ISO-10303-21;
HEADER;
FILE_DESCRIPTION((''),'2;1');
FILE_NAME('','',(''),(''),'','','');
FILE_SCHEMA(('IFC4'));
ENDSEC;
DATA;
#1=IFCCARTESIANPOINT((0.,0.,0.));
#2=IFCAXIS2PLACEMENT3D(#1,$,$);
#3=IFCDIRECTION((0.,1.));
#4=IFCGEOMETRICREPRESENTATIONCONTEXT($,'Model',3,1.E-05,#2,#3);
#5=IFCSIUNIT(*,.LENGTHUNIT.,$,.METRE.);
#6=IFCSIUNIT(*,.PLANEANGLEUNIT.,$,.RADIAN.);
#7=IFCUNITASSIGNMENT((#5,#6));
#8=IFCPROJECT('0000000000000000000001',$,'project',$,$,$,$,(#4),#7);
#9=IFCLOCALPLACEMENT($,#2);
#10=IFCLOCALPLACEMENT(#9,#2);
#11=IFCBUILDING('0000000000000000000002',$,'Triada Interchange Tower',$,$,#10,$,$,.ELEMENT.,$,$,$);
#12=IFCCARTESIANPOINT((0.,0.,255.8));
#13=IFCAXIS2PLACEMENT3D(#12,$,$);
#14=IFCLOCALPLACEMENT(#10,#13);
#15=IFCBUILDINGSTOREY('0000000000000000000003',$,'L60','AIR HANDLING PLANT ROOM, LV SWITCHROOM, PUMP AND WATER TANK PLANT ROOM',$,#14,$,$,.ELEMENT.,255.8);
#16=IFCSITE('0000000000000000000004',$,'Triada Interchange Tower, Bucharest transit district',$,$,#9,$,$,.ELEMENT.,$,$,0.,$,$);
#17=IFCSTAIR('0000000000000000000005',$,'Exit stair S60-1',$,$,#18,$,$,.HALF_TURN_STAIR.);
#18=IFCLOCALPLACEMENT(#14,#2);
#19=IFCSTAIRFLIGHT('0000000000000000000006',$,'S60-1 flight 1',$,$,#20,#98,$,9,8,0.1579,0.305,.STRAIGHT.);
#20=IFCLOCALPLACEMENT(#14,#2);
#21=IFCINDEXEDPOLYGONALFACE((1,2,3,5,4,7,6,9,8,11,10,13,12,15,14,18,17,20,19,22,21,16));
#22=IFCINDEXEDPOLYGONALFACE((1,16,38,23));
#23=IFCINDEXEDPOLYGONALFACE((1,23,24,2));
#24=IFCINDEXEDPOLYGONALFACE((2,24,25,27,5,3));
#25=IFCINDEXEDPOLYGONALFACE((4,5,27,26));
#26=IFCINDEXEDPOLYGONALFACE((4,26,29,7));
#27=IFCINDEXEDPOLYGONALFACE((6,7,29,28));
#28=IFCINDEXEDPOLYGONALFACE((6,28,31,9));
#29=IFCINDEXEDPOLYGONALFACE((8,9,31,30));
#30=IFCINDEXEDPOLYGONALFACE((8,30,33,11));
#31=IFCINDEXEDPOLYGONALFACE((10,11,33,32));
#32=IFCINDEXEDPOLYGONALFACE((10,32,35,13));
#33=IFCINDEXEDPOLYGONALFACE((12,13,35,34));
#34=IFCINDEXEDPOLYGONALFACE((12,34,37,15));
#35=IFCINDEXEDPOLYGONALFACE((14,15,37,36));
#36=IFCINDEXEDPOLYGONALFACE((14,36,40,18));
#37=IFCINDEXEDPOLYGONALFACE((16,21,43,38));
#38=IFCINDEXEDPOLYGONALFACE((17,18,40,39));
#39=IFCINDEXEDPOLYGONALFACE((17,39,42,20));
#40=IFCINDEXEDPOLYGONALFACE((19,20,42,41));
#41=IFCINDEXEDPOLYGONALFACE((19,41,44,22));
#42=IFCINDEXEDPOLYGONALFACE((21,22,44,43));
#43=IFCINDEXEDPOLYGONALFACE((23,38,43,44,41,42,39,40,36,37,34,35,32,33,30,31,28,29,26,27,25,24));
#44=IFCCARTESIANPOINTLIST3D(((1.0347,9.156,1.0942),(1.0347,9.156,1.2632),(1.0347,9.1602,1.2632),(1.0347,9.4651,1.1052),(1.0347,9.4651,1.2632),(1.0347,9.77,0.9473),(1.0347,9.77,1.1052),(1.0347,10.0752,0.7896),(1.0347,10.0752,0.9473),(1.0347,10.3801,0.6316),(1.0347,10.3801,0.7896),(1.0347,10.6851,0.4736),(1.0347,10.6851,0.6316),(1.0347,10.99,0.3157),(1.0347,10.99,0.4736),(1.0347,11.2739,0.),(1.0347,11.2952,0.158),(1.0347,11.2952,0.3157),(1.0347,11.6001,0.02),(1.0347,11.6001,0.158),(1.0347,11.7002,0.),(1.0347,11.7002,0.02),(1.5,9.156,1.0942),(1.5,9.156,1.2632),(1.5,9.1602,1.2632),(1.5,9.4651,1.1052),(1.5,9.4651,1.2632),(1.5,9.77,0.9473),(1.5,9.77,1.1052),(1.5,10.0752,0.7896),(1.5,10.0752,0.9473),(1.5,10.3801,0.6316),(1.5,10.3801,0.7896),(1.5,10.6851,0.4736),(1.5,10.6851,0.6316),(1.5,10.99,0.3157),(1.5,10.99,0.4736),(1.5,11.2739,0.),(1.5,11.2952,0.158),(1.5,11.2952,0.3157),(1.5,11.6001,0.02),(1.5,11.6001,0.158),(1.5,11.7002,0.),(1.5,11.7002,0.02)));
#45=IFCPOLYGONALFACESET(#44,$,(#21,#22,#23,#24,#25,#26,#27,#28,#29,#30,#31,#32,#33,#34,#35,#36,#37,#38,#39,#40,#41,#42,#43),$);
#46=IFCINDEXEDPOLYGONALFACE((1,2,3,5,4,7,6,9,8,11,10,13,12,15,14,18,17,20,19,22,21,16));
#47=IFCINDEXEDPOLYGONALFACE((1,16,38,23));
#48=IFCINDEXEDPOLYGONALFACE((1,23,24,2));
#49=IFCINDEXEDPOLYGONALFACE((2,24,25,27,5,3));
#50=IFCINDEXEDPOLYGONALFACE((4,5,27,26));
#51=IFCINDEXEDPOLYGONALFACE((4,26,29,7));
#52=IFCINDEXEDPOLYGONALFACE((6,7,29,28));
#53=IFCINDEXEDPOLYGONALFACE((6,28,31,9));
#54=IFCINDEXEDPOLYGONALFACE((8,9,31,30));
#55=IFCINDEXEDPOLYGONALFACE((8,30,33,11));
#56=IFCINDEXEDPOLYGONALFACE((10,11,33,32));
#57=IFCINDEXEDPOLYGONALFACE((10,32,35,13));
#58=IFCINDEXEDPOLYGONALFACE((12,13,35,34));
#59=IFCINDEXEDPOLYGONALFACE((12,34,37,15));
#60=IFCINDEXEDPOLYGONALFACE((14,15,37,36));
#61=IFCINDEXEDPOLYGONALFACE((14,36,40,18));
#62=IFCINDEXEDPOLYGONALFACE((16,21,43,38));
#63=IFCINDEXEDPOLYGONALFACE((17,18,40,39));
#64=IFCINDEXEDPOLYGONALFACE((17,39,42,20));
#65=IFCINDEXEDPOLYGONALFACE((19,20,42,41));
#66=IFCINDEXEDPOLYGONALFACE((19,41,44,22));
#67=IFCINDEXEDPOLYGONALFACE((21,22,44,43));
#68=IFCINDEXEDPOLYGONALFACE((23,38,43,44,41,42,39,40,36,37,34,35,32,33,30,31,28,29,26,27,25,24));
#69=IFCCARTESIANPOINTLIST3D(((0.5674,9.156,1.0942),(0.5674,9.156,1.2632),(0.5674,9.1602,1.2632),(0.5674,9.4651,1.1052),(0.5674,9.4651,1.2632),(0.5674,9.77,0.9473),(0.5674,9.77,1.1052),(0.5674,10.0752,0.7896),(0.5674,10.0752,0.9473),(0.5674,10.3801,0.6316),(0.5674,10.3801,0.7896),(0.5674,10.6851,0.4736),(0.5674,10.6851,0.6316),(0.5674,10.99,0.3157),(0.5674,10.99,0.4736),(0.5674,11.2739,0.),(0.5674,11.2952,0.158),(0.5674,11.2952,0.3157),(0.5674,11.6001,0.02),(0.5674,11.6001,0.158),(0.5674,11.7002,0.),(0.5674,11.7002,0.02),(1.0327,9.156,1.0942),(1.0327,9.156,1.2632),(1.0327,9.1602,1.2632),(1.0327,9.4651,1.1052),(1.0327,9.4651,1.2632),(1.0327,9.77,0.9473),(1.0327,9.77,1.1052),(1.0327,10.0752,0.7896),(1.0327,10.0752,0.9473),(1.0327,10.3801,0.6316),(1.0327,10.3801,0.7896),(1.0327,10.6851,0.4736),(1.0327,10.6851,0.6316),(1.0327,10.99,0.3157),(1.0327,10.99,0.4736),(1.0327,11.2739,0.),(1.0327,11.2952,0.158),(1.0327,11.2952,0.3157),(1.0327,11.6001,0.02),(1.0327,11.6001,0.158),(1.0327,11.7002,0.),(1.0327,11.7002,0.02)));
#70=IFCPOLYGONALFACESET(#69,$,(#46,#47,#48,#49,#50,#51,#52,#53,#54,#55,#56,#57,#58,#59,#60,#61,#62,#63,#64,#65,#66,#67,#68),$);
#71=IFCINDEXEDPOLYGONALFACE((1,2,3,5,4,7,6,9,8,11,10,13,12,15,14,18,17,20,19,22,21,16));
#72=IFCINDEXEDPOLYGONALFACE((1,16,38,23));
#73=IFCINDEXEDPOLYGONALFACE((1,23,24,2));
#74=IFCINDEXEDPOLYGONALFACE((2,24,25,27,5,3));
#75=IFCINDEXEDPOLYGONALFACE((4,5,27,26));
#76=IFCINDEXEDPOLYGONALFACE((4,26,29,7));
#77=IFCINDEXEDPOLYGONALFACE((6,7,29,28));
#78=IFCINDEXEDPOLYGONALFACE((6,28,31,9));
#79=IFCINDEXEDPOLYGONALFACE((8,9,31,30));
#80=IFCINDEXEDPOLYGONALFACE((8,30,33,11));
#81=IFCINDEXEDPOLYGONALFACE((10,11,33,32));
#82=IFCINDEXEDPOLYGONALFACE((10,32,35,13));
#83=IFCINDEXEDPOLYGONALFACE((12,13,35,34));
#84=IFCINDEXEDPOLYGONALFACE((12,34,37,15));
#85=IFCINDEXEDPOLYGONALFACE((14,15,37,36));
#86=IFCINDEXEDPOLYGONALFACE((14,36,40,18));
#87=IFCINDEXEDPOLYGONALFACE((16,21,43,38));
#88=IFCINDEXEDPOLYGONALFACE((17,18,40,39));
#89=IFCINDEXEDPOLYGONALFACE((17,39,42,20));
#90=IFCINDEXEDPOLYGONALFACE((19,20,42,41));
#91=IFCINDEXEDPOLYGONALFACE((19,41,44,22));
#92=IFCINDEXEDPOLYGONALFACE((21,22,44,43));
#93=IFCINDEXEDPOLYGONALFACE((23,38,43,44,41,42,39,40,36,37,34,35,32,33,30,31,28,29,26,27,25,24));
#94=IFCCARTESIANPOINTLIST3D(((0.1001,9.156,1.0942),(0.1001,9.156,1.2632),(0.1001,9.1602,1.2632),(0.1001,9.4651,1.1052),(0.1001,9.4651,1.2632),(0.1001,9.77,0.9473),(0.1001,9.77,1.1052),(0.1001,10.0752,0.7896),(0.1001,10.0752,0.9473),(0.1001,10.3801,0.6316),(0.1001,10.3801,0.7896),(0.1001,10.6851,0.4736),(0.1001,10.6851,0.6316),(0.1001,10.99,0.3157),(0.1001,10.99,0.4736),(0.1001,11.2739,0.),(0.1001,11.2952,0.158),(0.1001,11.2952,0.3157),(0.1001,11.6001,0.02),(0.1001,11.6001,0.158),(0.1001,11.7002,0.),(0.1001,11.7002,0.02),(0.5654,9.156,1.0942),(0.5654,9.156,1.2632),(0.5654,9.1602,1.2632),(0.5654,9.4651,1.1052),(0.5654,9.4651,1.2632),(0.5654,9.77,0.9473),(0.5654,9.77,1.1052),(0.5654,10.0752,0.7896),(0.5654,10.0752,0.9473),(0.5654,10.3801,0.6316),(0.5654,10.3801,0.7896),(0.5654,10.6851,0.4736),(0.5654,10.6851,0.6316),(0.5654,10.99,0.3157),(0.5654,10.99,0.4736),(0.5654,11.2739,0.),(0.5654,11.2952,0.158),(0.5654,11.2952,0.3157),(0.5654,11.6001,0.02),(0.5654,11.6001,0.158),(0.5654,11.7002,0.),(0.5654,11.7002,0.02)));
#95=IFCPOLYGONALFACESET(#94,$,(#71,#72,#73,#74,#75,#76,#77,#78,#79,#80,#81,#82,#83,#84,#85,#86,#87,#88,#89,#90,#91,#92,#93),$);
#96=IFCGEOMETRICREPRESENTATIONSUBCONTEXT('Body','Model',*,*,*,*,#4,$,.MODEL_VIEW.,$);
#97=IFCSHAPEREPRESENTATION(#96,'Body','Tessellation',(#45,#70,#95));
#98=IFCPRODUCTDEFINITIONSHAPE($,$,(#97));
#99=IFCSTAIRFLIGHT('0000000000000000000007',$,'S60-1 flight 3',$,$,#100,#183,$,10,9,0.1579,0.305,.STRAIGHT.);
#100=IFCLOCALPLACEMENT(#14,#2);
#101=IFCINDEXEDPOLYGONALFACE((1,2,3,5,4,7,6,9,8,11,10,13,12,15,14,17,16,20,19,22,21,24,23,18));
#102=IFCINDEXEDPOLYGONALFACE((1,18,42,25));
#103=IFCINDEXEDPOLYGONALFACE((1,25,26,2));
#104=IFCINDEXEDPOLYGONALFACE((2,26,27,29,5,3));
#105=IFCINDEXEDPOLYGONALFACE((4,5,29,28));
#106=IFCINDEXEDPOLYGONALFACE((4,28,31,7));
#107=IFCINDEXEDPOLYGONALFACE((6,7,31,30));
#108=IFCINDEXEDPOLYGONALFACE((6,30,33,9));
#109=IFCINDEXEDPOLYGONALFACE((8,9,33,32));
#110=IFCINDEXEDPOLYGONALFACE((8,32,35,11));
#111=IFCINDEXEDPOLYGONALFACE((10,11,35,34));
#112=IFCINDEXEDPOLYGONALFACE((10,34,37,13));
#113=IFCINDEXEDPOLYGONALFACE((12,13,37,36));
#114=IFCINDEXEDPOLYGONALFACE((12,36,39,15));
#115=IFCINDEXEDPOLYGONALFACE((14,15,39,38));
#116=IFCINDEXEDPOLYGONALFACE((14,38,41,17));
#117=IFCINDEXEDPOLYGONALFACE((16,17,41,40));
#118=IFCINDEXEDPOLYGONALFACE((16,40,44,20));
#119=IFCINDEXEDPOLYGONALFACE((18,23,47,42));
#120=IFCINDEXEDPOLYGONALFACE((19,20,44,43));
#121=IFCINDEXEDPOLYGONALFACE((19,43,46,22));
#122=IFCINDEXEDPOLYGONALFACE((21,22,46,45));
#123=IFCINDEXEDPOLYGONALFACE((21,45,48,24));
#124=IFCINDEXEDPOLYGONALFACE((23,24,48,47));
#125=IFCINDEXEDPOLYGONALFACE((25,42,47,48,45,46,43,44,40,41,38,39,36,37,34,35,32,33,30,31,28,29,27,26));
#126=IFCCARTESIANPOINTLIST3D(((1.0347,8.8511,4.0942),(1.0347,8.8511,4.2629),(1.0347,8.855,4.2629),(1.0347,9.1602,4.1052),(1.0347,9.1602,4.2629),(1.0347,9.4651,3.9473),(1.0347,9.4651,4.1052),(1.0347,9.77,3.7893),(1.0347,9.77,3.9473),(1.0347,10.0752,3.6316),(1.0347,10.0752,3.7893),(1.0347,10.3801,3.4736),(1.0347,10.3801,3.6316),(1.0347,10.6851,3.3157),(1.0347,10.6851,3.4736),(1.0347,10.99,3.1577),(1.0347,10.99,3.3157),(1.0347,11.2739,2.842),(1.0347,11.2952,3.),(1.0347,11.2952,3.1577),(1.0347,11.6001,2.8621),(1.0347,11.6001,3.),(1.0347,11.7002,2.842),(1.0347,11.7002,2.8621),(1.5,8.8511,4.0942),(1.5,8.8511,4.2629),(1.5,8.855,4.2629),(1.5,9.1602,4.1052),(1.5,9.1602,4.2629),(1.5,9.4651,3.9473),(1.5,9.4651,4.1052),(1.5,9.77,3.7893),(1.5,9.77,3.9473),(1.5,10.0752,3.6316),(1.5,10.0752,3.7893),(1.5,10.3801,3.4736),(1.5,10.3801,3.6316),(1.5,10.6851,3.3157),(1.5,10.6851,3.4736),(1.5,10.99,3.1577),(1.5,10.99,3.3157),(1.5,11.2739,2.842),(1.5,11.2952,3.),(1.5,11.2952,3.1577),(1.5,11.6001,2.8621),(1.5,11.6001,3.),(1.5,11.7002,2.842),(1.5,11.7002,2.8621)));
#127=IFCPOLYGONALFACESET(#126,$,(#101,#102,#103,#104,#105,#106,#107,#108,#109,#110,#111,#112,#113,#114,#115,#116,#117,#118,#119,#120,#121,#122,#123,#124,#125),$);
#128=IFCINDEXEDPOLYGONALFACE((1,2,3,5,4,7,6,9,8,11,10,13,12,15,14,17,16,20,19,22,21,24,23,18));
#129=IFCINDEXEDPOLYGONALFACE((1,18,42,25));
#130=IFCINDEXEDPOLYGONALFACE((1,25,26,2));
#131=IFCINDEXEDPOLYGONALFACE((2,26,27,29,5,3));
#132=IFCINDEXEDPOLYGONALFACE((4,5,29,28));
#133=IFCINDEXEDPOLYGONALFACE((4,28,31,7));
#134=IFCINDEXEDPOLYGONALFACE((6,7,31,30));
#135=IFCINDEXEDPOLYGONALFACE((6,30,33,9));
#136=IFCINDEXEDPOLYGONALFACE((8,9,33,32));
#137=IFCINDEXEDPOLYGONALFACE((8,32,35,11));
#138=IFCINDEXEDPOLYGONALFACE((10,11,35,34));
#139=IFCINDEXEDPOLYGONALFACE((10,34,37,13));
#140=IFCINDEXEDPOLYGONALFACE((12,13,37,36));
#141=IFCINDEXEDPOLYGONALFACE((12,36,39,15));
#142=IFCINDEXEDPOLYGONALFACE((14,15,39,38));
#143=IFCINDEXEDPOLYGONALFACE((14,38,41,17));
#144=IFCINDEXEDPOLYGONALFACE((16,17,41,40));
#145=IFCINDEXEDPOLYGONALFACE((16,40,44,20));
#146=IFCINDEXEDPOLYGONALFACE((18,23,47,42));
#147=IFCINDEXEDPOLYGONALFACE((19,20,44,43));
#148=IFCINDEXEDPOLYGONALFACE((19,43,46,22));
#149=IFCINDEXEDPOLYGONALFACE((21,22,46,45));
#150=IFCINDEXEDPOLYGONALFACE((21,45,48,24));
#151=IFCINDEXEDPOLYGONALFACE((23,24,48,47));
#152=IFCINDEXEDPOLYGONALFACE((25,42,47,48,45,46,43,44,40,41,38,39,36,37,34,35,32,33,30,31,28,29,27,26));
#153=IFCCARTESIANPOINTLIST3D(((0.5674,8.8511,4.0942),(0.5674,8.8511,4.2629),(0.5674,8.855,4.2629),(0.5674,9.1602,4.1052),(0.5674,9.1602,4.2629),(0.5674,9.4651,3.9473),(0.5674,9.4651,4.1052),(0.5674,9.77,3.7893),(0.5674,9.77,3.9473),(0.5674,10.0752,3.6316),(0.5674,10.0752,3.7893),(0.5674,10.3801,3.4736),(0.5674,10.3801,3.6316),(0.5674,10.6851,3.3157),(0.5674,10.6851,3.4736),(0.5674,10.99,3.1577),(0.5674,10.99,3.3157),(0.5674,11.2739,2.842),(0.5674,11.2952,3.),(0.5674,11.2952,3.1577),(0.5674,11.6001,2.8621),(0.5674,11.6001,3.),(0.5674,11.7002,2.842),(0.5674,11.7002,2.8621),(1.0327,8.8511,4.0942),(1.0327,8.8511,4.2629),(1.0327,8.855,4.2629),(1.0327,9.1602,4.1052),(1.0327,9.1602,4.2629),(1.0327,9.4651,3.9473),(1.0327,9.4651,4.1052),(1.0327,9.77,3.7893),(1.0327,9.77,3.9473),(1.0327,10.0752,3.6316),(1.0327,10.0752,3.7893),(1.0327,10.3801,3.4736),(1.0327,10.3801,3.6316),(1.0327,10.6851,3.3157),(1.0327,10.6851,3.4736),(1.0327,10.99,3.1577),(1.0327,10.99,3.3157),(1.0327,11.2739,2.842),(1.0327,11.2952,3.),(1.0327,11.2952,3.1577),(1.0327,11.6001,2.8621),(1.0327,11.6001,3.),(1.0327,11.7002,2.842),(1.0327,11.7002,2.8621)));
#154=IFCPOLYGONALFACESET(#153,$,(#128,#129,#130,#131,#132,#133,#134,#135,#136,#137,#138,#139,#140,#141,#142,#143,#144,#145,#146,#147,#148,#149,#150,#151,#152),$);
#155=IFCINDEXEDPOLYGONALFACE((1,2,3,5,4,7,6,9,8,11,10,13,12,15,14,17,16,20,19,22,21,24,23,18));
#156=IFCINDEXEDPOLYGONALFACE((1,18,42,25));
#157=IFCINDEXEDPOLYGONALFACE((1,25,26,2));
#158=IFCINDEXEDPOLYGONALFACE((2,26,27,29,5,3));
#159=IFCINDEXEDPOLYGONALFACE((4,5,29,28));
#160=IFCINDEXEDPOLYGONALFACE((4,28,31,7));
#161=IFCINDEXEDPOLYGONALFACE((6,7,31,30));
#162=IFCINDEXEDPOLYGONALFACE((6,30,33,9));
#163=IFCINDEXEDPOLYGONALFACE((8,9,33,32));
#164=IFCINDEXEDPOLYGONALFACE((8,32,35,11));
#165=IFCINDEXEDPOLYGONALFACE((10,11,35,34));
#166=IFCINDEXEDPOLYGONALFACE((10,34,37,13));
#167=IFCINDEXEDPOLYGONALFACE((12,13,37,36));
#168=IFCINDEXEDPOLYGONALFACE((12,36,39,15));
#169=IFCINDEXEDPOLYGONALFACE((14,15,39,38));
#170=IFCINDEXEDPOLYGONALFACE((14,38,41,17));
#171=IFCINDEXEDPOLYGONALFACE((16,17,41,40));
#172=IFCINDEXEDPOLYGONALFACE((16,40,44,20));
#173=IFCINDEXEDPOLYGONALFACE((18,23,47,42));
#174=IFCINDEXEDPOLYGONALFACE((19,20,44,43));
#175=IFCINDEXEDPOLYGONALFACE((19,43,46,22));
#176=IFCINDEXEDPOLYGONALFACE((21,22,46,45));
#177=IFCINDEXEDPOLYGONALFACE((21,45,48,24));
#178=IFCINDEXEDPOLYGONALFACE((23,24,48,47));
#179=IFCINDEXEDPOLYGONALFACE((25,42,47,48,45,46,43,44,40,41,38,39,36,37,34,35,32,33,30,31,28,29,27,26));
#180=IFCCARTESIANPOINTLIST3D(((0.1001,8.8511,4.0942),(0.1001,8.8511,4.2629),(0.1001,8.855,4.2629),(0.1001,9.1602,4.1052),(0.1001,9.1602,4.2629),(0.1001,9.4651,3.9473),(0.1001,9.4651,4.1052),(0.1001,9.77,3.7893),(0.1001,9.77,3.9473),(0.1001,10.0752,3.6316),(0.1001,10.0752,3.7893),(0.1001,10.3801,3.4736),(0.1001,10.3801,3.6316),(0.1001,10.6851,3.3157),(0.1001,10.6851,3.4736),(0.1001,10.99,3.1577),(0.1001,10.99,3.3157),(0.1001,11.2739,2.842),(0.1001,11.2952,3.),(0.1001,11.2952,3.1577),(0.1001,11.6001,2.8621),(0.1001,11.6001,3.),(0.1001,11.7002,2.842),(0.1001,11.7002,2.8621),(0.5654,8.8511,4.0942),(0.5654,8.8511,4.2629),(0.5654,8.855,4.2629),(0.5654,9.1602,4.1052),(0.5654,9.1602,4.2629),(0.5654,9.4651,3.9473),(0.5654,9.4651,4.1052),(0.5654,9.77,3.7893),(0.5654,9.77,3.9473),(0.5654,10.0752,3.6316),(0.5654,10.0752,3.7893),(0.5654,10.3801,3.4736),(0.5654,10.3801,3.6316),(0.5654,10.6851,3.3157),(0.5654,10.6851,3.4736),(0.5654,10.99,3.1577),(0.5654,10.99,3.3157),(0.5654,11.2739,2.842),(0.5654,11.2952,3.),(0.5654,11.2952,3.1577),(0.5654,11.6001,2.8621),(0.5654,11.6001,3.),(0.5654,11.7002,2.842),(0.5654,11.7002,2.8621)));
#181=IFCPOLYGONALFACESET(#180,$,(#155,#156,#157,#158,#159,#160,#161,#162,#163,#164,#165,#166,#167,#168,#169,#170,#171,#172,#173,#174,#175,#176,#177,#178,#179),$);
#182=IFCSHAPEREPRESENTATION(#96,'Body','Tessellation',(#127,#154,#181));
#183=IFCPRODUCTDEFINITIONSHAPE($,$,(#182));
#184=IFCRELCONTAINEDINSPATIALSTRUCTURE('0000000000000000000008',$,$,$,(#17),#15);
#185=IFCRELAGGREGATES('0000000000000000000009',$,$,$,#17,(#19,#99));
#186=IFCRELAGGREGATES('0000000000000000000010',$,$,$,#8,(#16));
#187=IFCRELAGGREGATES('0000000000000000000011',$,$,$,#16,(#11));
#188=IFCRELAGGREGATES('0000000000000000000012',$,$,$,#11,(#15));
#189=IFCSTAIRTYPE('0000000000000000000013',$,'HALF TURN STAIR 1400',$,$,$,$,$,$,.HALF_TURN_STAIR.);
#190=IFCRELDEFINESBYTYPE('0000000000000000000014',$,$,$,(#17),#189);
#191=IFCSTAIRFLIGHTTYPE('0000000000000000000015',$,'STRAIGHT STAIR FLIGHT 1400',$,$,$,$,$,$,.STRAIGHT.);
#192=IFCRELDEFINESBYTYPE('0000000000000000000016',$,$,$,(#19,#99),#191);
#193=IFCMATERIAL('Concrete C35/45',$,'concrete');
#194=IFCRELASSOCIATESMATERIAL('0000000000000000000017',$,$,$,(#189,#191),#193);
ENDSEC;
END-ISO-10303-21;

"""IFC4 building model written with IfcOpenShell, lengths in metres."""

from ifc_helpers import new_model, si_unit, direction, frame, origin, place, context, subcontext, project, spatial, polyline, outline, extrude, material, type_object, element, aggregate, save


model = new_model("IFC4")

# Units and contexts
model_context = context("Model", 3, precision=1e-05, world=origin(), true_north=direction((0.0, 1.0)))
body_context = subcontext(model_context, "Body", "Model", "MODEL_VIEW")
ifc_project = project(units=[si_unit("LENGTHUNIT", "METRE"), si_unit("PLANEANGLEUNIT", "RADIAN")], contexts=[model_context])

# Site, building, storey
site_placement = place(None, origin())
site = spatial("IfcSite", under=ifc_project, at=site_placement, Name="Triada Interchange Tower, Bucharest transit district", CompositionType="ELEMENT", RefElevation=0.0)
building_placement = place(site_placement, origin())
building = spatial("IfcBuilding", under=site, at=building_placement, Name="Triada Interchange Tower", CompositionType="ELEMENT")
storey_placement = place(building_placement, frame((0.0, 0.0, 255.8)))
storey = spatial("IfcBuildingStorey", under=building, at=storey_placement, Name="L60", Description="AIR HANDLING PLANT ROOM, LV SWITCHROOM, PUMP AND WATER TANK PLANT ROOM", CompositionType="ELEMENT", Elevation=255.8)

# Shared definitions
ifc_material_1 = material(Name="Concrete C35/45", Category="concrete")

# Stair, stair flights
stair_type = type_object("IfcStairType", Name="HALF TURN STAIR 1400", PredefinedType="HALF_TURN_STAIR", material=ifc_material_1)
stair_placement = place(storey_placement, origin())
stair = element("IfcStair", 1, at=stair_placement, inside=storey, type_object=stair_type, Name="Exit stair S60-1", PredefinedType="HALF_TURN_STAIR")
stair_flight_type = type_object("IfcStairFlightType", Name="STRAIGHT STAIR FLIGHT 1400", PredefinedType="STRAIGHT", material=ifc_material_1)
stair_flight_1_placement = place(storey_placement, frame((0.8, 11.6001, 0.0), z_axis=(0.0, 0.0, 1.0), x_axis=(0.0, -1.0, 0.0)))
stair_flight_1 = element("IfcStairFlight", 2, at=stair_flight_1_placement, type_object=stair_flight_type, Name="S60-1 flight 1", NumberOfRisers=9, NumberOfTreads=8, PredefinedType="STRAIGHT", RiserHeight=0.1579, TreadLength=0.305, context=body_context, shape_type="SweptSolid", body=[
    extrude(outline(polyline([(-0.1001, 0.0), (-0.1001, 0.02), (0.0, 0.02), (0.0, 0.158), (0.3049, 0.158), (0.3049, 0.3157), (0.6101, 0.3157), (0.6101, 0.4736), (0.915, 0.4736), (0.915, 0.6316), (1.22, 0.6316), (1.22, 0.7896), (1.5249, 0.7896), (1.5249, 0.9473), (1.8301, 0.9473), (1.8301, 1.1052), (2.135, 1.1052), (2.135, 1.2632), (2.4399, 1.2632), (2.4441, 1.2632), (2.4441, 1.4209), (2.4441, 1.0942), (0.3262, 0.0), (-0.1001, 0.0)])), frame((0.0, 0.7, 0.0), z_axis=(0.0, -1.0, 0.0), x_axis=(1.0, 0.0, 0.0)), (0.0, 0.0, 1.0), 0.4653),
    extrude(outline(polyline([(-0.1001, 0.0), (-0.1001, 0.02), (0.0, 0.02), (0.0, 0.158), (0.3049, 0.158), (0.3049, 0.3157), (0.6101, 0.3157), (0.6101, 0.4736), (0.915, 0.4736), (0.915, 0.6316), (1.22, 0.6316), (1.22, 0.7896), (1.5249, 0.7896), (1.5249, 0.9473), (1.8301, 0.9473), (1.8301, 1.1052), (2.135, 1.1052), (2.135, 1.2632), (2.4399, 1.2632), (2.4441, 1.2632), (2.4441, 1.4209), (2.4441, 1.0942), (0.3262, 0.0), (-0.1001, 0.0)])), frame((0.0, 0.2327, 0.0), z_axis=(0.0, -1.0, 0.0), x_axis=(1.0, 0.0, 0.0)), (0.0, 0.0, 1.0), 0.4653),
    extrude(outline(polyline([(-0.1001, 0.0), (-0.1001, 0.02), (0.0, 0.02), (0.0, 0.158), (0.3049, 0.158), (0.3049, 0.3157), (0.6101, 0.3157), (0.6101, 0.4736), (0.915, 0.4736), (0.915, 0.6316), (1.22, 0.6316), (1.22, 0.7896), (1.5249, 0.7896), (1.5249, 0.9473), (1.8301, 0.9473), (1.8301, 1.1052), (2.135, 1.1052), (2.135, 1.2632), (2.4399, 1.2632), (2.4441, 1.2632), (2.4441, 1.4209), (2.4441, 1.0942), (0.3262, 0.0), (-0.1001, 0.0)])), frame((0.0, -0.2346, 0.0), z_axis=(0.0, -1.0, 0.0), x_axis=(1.0, 0.0, 0.0)), (0.0, 0.0, 1.0), 0.4653),
])
stair_flight_2_placement = place(storey_placement, frame((0.8, 11.6001, 2.842), z_axis=(0.0, 0.0, 1.0), x_axis=(0.0, -1.0, 0.0)))
stair_flight_2 = element("IfcStairFlight", 3, at=stair_flight_2_placement, type_object=stair_flight_type, Name="S60-1 flight 3", NumberOfRisers=10, NumberOfTreads=9, PredefinedType="STRAIGHT", RiserHeight=0.1579, TreadLength=0.305, context=body_context, shape_type="SweptSolid", body=[
    extrude(outline(polyline([(-0.1001, 0.0), (-0.1001, 0.02), (0.0, 0.02), (0.0, 0.158), (0.3049, 0.158), (0.3049, 0.3157), (0.6101, 0.3157), (0.6101, 0.4736), (0.915, 0.4736), (0.915, 0.6316), (1.22, 0.6316), (1.22, 0.7896), (1.5249, 0.7896), (1.5249, 0.9473), (1.8301, 0.9473), (1.8301, 1.1052), (2.135, 1.1052), (2.135, 1.2632), (2.4399, 1.2632), (2.4399, 1.4209), (2.7451, 1.4209), (2.749, 1.4209), (2.749, 1.5789), (2.749, 1.2522), (0.3262, 0.0), (-0.1001, 0.0)])), frame((0.0, 0.7, 0.0), z_axis=(0.0, -1.0, 0.0), x_axis=(1.0, 0.0, 0.0)), (0.0, 0.0, 1.0), 0.4653),
    extrude(outline(polyline([(-0.1001, 0.0), (-0.1001, 0.02), (0.0, 0.02), (0.0, 0.158), (0.3049, 0.158), (0.3049, 0.3157), (0.6101, 0.3157), (0.6101, 0.4736), (0.915, 0.4736), (0.915, 0.6316), (1.22, 0.6316), (1.22, 0.7896), (1.5249, 0.7896), (1.5249, 0.9473), (1.8301, 0.9473), (1.8301, 1.1052), (2.135, 1.1052), (2.135, 1.2632), (2.4399, 1.2632), (2.4399, 1.4209), (2.7451, 1.4209), (2.749, 1.4209), (2.749, 1.5789), (2.749, 1.2522), (0.3262, 0.0), (-0.1001, 0.0)])), frame((0.0, 0.2327, 0.0), z_axis=(0.0, -1.0, 0.0), x_axis=(1.0, 0.0, 0.0)), (0.0, 0.0, 1.0), 0.4653),
    extrude(outline(polyline([(-0.1001, 0.0), (-0.1001, 0.02), (0.0, 0.02), (0.0, 0.158), (0.3049, 0.158), (0.3049, 0.3157), (0.6101, 0.3157), (0.6101, 0.4736), (0.915, 0.4736), (0.915, 0.6316), (1.22, 0.6316), (1.22, 0.7896), (1.5249, 0.7896), (1.5249, 0.9473), (1.8301, 0.9473), (1.8301, 1.1052), (2.135, 1.1052), (2.135, 1.2632), (2.4399, 1.2632), (2.4399, 1.4209), (2.7451, 1.4209), (2.749, 1.4209), (2.749, 1.5789), (2.749, 1.2522), (0.3262, 0.0), (-0.1001, 0.0)])), frame((0.0, -0.2346, 0.0), z_axis=(0.0, -1.0, 0.0), x_axis=(1.0, 0.0, 0.0)), (0.0, 0.0, 1.0), 0.4653),
])
aggregate(stair, [stair_flight_1, stair_flight_2])

save(model, "model.ifc")
